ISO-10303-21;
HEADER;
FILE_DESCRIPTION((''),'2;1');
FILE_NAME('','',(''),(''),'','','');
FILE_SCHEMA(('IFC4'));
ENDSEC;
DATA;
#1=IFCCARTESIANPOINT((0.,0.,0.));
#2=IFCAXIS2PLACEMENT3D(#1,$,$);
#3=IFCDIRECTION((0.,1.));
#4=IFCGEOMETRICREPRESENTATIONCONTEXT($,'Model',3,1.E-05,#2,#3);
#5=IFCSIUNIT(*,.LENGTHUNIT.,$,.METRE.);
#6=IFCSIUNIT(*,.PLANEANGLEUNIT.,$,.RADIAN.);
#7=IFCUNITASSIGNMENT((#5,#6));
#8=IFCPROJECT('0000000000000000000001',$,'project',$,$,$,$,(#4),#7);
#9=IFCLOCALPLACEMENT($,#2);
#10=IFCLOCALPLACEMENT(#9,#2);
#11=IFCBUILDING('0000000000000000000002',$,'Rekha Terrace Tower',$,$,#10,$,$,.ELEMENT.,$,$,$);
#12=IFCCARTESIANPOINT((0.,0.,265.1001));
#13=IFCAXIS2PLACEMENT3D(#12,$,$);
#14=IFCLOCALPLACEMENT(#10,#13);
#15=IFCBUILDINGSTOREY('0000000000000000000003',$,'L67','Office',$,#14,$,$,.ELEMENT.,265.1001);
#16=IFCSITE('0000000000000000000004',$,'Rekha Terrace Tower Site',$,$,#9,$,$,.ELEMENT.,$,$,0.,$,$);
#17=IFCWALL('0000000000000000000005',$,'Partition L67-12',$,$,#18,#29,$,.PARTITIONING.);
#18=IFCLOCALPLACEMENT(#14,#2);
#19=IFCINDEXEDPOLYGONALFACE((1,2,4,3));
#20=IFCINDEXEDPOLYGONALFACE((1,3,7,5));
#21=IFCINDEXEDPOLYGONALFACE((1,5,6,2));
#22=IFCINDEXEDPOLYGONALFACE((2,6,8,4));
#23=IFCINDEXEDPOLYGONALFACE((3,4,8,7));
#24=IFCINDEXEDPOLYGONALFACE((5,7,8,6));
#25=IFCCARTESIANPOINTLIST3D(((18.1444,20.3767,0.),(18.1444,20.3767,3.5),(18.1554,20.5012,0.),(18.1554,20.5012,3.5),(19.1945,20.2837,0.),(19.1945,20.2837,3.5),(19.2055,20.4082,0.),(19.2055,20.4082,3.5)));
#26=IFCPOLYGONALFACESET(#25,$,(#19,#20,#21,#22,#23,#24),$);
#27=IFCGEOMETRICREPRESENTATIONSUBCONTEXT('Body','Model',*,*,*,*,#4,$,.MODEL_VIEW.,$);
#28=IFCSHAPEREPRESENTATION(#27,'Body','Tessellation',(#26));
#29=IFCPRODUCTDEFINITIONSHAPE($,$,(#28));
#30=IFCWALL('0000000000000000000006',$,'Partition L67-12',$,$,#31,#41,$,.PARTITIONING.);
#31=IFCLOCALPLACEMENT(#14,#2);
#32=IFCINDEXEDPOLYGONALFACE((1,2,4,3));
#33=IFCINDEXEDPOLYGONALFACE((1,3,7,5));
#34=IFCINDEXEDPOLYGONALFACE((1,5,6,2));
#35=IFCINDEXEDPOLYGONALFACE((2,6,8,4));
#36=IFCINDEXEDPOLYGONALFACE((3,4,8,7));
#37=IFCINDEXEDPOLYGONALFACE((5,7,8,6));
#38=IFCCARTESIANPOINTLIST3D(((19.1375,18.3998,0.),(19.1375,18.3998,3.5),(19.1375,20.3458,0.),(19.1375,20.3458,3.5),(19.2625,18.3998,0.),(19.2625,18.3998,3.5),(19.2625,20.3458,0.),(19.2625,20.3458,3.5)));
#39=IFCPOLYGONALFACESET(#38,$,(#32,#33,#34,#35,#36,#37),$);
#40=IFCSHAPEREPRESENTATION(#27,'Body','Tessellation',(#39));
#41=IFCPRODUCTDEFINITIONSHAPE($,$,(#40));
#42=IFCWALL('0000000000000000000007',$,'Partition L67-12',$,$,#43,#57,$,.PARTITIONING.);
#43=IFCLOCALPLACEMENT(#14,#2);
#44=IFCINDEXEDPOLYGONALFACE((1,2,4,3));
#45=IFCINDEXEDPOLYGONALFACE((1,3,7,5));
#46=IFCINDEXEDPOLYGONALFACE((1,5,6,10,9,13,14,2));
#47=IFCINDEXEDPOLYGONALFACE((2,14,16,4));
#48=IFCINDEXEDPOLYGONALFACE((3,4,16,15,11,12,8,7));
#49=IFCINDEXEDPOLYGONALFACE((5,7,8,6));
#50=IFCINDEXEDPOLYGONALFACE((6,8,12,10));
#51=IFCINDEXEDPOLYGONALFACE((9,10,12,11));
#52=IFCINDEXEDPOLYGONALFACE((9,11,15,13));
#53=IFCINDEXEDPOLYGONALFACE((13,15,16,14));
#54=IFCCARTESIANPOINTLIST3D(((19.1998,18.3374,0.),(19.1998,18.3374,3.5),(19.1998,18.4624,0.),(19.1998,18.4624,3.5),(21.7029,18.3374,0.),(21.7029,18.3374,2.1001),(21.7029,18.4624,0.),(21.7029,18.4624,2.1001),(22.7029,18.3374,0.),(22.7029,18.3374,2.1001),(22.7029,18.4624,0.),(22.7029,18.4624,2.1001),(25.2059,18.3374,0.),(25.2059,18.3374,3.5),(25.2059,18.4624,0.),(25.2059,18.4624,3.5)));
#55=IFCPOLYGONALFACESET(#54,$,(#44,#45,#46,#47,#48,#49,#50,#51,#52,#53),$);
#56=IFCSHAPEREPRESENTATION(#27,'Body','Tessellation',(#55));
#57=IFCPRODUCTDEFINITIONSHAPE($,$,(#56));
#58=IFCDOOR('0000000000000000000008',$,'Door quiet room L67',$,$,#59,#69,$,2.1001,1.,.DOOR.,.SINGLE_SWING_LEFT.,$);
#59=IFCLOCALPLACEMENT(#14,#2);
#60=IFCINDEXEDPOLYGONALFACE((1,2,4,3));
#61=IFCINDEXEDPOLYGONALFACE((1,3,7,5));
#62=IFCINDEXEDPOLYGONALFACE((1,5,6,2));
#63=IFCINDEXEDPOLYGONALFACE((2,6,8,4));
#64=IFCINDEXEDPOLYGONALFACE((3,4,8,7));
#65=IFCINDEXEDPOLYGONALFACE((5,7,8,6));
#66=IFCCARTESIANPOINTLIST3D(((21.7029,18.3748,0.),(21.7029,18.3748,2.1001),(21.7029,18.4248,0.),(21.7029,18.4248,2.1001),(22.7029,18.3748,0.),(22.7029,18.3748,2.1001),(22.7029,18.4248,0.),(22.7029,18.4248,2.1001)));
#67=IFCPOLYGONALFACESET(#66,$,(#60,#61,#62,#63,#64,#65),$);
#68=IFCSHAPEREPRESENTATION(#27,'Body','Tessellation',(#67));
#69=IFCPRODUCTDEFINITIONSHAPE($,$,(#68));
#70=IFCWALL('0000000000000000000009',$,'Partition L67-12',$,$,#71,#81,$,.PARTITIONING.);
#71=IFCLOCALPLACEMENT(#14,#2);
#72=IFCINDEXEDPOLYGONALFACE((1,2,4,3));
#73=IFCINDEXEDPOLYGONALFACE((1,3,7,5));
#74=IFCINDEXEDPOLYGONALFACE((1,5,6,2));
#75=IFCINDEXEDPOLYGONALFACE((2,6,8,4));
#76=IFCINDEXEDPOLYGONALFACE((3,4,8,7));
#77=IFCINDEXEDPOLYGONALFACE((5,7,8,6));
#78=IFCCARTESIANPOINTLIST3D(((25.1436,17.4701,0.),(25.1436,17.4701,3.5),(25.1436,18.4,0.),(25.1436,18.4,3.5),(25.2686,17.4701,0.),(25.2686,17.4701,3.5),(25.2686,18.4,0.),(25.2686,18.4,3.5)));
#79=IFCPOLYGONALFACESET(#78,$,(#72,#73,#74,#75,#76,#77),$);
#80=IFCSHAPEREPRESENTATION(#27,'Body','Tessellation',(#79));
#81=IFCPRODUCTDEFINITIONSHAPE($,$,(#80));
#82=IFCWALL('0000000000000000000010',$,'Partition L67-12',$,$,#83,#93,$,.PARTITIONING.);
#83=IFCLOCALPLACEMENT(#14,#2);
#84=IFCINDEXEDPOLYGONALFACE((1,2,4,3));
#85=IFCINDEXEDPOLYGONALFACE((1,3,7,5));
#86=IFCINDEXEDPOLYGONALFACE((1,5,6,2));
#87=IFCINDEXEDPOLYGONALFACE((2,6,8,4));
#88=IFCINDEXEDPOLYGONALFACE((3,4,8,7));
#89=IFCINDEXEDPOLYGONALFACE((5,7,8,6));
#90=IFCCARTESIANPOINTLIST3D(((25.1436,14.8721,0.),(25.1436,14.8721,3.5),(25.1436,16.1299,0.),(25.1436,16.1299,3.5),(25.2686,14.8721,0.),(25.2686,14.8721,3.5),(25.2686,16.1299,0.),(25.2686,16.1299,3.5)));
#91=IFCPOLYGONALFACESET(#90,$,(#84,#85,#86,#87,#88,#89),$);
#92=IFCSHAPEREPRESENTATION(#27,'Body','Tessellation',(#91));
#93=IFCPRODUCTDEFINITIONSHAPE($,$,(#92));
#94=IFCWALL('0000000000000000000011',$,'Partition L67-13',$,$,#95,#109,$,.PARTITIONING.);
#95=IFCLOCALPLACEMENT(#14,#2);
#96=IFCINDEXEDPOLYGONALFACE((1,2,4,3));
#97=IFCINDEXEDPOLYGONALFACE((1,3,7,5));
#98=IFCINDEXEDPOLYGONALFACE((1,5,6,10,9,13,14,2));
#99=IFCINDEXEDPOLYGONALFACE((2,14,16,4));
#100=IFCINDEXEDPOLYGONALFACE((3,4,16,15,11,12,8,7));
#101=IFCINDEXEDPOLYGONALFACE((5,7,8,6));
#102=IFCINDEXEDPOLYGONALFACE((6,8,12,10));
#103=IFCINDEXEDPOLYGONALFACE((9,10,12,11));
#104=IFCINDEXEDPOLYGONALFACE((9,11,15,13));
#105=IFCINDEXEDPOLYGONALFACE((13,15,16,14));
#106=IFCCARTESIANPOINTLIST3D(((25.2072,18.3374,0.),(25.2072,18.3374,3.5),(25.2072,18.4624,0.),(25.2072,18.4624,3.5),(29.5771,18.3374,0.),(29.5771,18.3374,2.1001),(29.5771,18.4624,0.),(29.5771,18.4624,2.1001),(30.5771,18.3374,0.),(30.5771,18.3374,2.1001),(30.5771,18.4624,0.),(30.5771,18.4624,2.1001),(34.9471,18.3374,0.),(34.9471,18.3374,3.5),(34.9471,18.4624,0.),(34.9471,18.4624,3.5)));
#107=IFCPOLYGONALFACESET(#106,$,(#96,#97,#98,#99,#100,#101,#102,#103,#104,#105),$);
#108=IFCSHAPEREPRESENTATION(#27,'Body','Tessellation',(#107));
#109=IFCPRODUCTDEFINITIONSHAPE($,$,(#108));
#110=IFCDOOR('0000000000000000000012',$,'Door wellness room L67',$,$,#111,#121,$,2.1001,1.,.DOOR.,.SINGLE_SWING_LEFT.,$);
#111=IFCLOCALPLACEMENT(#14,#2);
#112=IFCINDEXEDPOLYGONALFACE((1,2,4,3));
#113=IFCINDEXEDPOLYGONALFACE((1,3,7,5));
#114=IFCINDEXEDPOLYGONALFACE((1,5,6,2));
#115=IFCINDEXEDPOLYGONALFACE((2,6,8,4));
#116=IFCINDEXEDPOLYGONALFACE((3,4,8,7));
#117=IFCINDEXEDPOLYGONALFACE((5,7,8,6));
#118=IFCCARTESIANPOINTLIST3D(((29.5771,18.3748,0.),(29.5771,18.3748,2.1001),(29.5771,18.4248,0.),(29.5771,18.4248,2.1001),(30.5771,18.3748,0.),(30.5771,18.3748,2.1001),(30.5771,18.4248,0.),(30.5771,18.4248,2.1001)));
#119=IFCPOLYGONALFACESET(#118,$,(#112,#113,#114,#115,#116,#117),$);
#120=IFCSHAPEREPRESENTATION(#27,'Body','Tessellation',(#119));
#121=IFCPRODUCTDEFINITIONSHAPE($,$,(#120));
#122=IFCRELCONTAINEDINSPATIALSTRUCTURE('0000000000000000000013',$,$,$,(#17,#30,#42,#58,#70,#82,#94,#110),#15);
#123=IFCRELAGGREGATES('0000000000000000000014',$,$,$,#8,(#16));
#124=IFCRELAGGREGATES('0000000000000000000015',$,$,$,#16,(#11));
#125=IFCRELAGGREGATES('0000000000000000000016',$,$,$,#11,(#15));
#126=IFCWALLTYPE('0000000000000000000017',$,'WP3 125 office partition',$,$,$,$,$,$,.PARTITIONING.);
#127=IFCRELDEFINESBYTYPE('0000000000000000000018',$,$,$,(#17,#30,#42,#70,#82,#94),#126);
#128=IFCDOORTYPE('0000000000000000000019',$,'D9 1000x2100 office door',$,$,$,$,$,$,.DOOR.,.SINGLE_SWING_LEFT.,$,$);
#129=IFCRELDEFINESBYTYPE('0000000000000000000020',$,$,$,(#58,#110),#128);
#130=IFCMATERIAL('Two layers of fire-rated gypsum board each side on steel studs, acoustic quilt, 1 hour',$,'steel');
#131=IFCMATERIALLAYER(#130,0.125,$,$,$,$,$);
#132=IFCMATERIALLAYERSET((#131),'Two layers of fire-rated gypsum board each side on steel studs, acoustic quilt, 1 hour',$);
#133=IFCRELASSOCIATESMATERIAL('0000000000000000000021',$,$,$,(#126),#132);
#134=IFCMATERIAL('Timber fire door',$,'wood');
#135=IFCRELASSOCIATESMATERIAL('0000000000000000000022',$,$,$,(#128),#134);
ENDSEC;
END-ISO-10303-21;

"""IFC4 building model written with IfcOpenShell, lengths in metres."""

from ifc_helpers import new_model, si_unit, direction, frame, frame_2d, origin, place, context, subcontext, project, spatial, rectangle, extrude, material, layer, layer_set, type_object, element, fill, save


model = new_model("IFC4")

# Units and contexts
model_context = context("Model", 3, precision=1e-05, world=origin(), true_north=direction((0.0, 1.0)))
body_context = subcontext(model_context, "Body", "Model", "MODEL_VIEW")
ifc_project = project(units=[si_unit("LENGTHUNIT", "METRE"), si_unit("PLANEANGLEUNIT", "RADIAN")], contexts=[model_context])

# Site, building, storey
site_placement = place(None, origin())
site = spatial("IfcSite", under=ifc_project, at=site_placement, Name="Rekha Terrace Tower Site", CompositionType="ELEMENT", RefElevation=0.0)
building_placement = place(site_placement, origin())
building = spatial("IfcBuilding", under=site, at=building_placement, Name="Rekha Terrace Tower", CompositionType="ELEMENT")
storey_placement = place(building_placement, frame((0.0, 0.0, 265.1001)))
storey = spatial("IfcBuildingStorey", under=building, at=storey_placement, Name="L67", Description="Office", CompositionType="ELEMENT", Elevation=265.1001)

# Walls
ifc_material_1 = material(Name="Two layers of fire-rated gypsum board each side on steel studs, acoustic quilt, 1 hour", Category="steel")
ifc_layer_1 = layer(ifc_material_1, 0.125)
ifc_layer_set_1 = layer_set([ifc_layer_1], Name="Two layers of fire-rated gypsum board each side on steel studs, acoustic quilt, 1 hour")
wall_type_1 = type_object("IfcWallType", Name="WP3 125 office partition", PredefinedType="PARTITIONING", material=ifc_layer_set_1)
wall_1_placement = place(storey_placement, frame((18.1499, 20.439, 0.0), z_axis=(0.0, 0.0, 1.0), x_axis=(0.996099, -0.088239, 0.0)))
element("IfcWall", 1, at=wall_1_placement, inside=storey, type_object=wall_type_1, Name="Partition L67-12", PredefinedType="PARTITIONING", context=body_context, shape_type="SweptSolid", body=[
    extrude(rectangle(XDim=1.0542, YDim=0.125, at=frame_2d((0.5271, 0.0))), origin(), (0.0, 0.0, 1.0), 3.5),
])
wall_2_placement = place(storey_placement, frame((19.2, 20.3459, 0.0), z_axis=(0.0, 0.0, 1.0), x_axis=(0.0, -1.0, 0.0)))
element("IfcWall", 2, at=wall_2_placement, inside=storey, type_object=wall_type_1, Name="Partition L67-12", PredefinedType="PARTITIONING", context=body_context, shape_type="SweptSolid", body=[
    extrude(rectangle(XDim=1.946, YDim=0.125, at=frame_2d((0.9731, 0.0))), origin(), (0.0, 0.0, 1.0), 3.5),
])

# Wall, opening, door
wall_3_placement = place(storey_placement, frame((19.2, 18.3999, 0.0), z_axis=(0.0, 0.0, 1.0), x_axis=(1.0, 0.0, 0.0)))
wall_3 = element("IfcWall", 3, at=wall_3_placement, inside=storey, type_object=wall_type_1, Name="Partition L67-12", PredefinedType="PARTITIONING", context=body_context, shape_type="SweptSolid", body=[
    extrude(rectangle(XDim=6.0061, YDim=0.125, at=frame_2d((3.0029, 0.0))), origin(), (0.0, 0.0, 1.0), 3.5),
])
opening_1_placement = place(wall_3_placement, frame((2.5029, 0.0, 0.0)))
opening_1 = element("IfcOpeningElement", 4, at=opening_1_placement, cuts=wall_3, PredefinedType="OPENING", context=body_context, shape_type="SweptSolid", body=[
    extrude(rectangle(XDim=1.0, YDim=2.1001, at=frame_2d((0.5, 1.05))), frame((0.0, 0.0725, 0.0), z_axis=(0.0, -1.0, 0.0), x_axis=(1.0, 0.0, 0.0)), (0.0, 0.0, 1.0), 0.145),
])
ifc_material_2 = material(Name="Timber fire door", Category="wood")
door_type_1 = type_object("IfcDoorType", Name="D9 1000x2100 office door", OperationType="SINGLE_SWING_LEFT", PredefinedType="DOOR", material=ifc_material_2)
door_1_placement = place(opening_1_placement, origin())
door_1 = element("IfcDoor", 5, at=door_1_placement, inside=storey, type_object=door_type_1, Name="Door quiet room L67", OperationType="SINGLE_SWING_LEFT", OverallHeight=2.1001, OverallWidth=1.0, PredefinedType="DOOR", context=body_context, shape_type="SweptSolid", body=[
    extrude(rectangle(XDim=1.0, YDim=2.1001, at=frame_2d((0.5, 1.05))), frame((0.0, 0.0249, 0.0), z_axis=(0.0, -1.0, 0.0), x_axis=(1.0, 0.0, 0.0)), (0.0, 0.0, 1.0), 0.05),
])
fill(opening_1, door_1)

# Walls
wall_4_placement = place(storey_placement, frame((25.2061, 18.3999, 0.0), z_axis=(0.0, 0.0, 1.0), x_axis=(0.0, -1.0, 0.0)))
element("IfcWall", 6, at=wall_4_placement, inside=storey, type_object=wall_type_1, Name="Partition L67-12", PredefinedType="PARTITIONING", context=body_context, shape_type="SweptSolid", body=[
    extrude(rectangle(XDim=0.9299, YDim=0.125, at=frame_2d((0.4648, 0.0))), origin(), (0.0, 0.0, 1.0), 3.5),
])
wall_5_placement = place(storey_placement, frame((25.2061, 16.1299, 0.0), z_axis=(0.0, 0.0, 1.0), x_axis=(0.0, -1.0, 0.0)))
element("IfcWall", 7, at=wall_5_placement, inside=storey, type_object=wall_type_1, Name="Partition L67-12", PredefinedType="PARTITIONING", context=body_context, shape_type="SweptSolid", body=[
    extrude(rectangle(XDim=1.2578, YDim=0.125, at=frame_2d((0.6289, 0.0))), origin(), (0.0, 0.0, 1.0), 3.5),
])

# Wall, opening, door
wall_6_placement = place(storey_placement, frame((25.207, 18.3999, 0.0), z_axis=(0.0, 0.0, 1.0), x_axis=(1.0, 0.0, 0.0)))
wall_6 = element("IfcWall", 8, at=wall_6_placement, inside=storey, type_object=wall_type_1, Name="Partition L67-13", PredefinedType="PARTITIONING", context=body_context, shape_type="SweptSolid", body=[
    extrude(rectangle(XDim=9.74, YDim=0.125, at=frame_2d((4.8701, 0.0))), origin(), (0.0, 0.0, 1.0), 3.5),
])
opening_2_placement = place(wall_6_placement, frame((4.3701, 0.0, 0.0)))
opening_2 = element("IfcOpeningElement", 9, at=opening_2_placement, cuts=wall_6, PredefinedType="OPENING", context=body_context, shape_type="SweptSolid", body=[
    extrude(rectangle(XDim=1.0, YDim=2.1001, at=frame_2d((0.5, 1.05))), frame((0.0, 0.0725, 0.0), z_axis=(0.0, -1.0, 0.0), x_axis=(1.0, 0.0, 0.0)), (0.0, 0.0, 1.0), 0.145),
])
door_2_placement = place(opening_2_placement, origin())
door_2 = element("IfcDoor", 10, at=door_2_placement, inside=storey, type_object=door_type_1, Name="Door wellness room L67", OperationType="SINGLE_SWING_LEFT", OverallHeight=2.1001, OverallWidth=1.0, PredefinedType="DOOR", context=body_context, shape_type="SweptSolid", body=[
    extrude(rectangle(XDim=1.0, YDim=2.1001, at=frame_2d((0.5, 1.05))), frame((0.0, 0.0249, 0.0), z_axis=(0.0, -1.0, 0.0), x_axis=(1.0, 0.0, 0.0)), (0.0, 0.0, 1.0), 0.05),
])
fill(opening_2, door_2)

save(model, "model.ifc")
